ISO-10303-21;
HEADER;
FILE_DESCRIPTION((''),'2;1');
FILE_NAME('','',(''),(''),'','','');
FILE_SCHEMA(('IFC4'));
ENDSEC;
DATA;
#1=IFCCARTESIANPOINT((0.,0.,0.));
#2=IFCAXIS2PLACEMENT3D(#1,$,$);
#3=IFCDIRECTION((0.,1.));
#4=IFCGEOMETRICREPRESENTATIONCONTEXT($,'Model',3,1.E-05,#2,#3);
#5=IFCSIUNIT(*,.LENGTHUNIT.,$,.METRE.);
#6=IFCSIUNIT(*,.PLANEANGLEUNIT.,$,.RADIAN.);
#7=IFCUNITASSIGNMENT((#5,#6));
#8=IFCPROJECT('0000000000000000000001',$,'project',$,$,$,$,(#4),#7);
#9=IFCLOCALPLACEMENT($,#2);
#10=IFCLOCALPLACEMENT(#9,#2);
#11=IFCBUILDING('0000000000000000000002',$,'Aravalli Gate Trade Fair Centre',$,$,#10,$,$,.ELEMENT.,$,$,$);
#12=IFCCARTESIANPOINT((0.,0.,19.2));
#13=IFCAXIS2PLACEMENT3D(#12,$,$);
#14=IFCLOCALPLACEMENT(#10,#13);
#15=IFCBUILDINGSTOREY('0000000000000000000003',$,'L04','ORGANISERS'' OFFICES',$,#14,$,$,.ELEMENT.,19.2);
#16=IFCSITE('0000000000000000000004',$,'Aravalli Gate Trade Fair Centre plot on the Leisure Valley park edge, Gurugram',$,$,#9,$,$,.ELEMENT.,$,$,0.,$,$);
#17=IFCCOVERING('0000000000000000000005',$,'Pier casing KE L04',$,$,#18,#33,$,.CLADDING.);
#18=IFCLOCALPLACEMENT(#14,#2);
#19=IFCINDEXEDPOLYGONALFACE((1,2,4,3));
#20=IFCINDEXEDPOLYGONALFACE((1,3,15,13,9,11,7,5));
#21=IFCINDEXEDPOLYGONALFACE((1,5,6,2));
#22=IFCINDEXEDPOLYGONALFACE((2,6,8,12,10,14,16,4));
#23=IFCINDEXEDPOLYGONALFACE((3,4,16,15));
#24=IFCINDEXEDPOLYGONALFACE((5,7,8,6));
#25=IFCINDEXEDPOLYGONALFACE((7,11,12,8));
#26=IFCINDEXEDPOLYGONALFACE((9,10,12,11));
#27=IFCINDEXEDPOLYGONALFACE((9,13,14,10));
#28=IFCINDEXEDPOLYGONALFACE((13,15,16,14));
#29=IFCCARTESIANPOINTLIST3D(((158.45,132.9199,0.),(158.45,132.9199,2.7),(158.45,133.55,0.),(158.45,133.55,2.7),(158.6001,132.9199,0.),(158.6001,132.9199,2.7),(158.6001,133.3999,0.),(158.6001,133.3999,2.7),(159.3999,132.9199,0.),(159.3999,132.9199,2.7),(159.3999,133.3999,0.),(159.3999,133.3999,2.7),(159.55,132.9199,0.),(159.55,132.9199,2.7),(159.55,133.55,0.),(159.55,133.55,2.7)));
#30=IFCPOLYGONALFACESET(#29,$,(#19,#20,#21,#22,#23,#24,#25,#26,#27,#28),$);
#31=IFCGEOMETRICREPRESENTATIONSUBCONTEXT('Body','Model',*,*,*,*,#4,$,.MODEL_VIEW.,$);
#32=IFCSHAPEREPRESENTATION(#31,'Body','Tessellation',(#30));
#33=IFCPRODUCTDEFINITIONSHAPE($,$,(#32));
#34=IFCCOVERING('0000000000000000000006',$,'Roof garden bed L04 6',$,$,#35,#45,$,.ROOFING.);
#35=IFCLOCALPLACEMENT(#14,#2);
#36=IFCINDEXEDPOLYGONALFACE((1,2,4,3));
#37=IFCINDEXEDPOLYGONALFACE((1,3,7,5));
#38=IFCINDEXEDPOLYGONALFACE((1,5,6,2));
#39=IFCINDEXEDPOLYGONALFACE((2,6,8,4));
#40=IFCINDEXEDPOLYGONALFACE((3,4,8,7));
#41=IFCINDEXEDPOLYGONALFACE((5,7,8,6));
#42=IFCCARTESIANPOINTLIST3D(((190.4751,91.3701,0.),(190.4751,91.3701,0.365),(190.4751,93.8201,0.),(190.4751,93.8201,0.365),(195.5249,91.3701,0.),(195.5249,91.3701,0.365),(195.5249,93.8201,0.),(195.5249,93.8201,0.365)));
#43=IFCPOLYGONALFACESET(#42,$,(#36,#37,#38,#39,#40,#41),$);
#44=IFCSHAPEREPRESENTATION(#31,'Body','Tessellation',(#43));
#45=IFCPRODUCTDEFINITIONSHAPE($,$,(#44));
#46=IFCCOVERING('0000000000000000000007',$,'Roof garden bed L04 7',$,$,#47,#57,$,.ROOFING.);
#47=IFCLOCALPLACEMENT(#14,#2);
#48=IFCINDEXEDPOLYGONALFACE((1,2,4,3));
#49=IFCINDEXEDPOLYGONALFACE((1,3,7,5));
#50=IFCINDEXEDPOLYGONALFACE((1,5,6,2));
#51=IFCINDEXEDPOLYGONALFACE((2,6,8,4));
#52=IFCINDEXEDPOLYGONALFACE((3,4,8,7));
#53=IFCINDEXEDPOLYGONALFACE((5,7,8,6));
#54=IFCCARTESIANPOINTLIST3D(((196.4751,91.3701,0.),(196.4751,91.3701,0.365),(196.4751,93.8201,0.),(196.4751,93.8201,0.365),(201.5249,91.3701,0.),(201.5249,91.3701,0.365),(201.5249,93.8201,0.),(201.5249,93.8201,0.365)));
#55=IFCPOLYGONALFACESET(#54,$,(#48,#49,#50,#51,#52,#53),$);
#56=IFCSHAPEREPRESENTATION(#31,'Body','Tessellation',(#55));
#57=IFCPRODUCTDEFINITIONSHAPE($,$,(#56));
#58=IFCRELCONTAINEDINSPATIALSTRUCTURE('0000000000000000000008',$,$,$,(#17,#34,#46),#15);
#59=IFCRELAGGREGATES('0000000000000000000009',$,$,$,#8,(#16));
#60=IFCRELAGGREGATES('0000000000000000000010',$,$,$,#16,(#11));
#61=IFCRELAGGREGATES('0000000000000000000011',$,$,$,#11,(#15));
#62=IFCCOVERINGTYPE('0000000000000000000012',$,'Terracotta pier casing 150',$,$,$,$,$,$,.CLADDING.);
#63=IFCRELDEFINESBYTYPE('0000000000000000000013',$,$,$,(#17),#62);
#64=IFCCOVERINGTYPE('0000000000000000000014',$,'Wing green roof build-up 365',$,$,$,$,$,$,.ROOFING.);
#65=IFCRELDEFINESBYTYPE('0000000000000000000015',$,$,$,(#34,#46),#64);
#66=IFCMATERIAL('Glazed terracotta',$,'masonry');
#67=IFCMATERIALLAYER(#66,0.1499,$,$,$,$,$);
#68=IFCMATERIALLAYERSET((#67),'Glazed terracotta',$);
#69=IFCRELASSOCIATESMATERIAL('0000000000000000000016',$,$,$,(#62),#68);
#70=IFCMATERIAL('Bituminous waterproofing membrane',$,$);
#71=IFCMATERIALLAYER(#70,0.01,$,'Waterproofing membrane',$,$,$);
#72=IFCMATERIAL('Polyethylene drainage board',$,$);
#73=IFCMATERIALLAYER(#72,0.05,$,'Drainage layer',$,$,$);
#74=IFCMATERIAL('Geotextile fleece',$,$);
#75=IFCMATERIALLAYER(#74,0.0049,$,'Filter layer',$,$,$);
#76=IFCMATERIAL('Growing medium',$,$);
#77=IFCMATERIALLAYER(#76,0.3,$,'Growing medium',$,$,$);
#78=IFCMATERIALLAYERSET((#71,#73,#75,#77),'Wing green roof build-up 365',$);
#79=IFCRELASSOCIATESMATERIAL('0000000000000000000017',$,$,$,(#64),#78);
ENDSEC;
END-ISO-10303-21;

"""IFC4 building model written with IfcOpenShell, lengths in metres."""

from ifc_helpers import new_model, si_unit, direction, frame, origin, place, context, subcontext, project, spatial, polyline, outline, extrude, material, layer, layer_set, type_object, element, save


model = new_model("IFC4")

# Units and contexts
model_context = context("Model", 3, precision=1e-05, world=origin(), true_north=direction((0.0, 1.0)))
body_context = subcontext(model_context, "Body", "Model", "MODEL_VIEW")
ifc_project = project(units=[si_unit("LENGTHUNIT", "METRE"), si_unit("PLANEANGLEUNIT", "RADIAN")], contexts=[model_context])

# Site, building, storey
site_placement = place(None, origin())
site = spatial("IfcSite", under=ifc_project, at=site_placement, Name="Aravalli Gate Trade Fair Centre plot on the Leisure Valley park edge, Gurugram", CompositionType="ELEMENT", RefElevation=0.0)
building_placement = place(site_placement, origin())
building = spatial("IfcBuilding", under=site, at=building_placement, Name="Aravalli Gate Trade Fair Centre", CompositionType="ELEMENT")
storey_placement = place(building_placement, frame((0.0, 0.0, 19.2)))
storey = spatial("IfcBuildingStorey", under=building, at=storey_placement, Name="L04", Description="ORGANISERS' OFFICES", CompositionType="ELEMENT", Elevation=19.2)

# Coverings
ifc_material_1 = material(Name="Glazed terracotta", Category="masonry")
ifc_layer_1 = layer(ifc_material_1, 0.1499)
ifc_layer_set_1 = layer_set([ifc_layer_1], Name="Glazed terracotta")
covering_type_1 = type_object("IfcCoveringType", Name="Terracotta pier casing 150", PredefinedType="CLADDING", material=ifc_layer_set_1)
covering_1_placement = place(storey_placement, origin())
element("IfcCovering", 1, at=covering_1_placement, inside=storey, type_object=covering_type_1, Name="Pier casing KE L04", PredefinedType="CLADDING", context=body_context, shape_type="SweptSolid", body=[
    extrude(outline(polyline([(158.45, 132.9199), (158.6001, 132.9199), (158.6001, 133.3999), (159.3999, 133.3999), (159.3999, 132.9199), (159.55, 132.9199), (159.55, 133.55), (158.45, 133.55), (158.45, 132.9199)])), origin(), (0.0, 0.0, 1.0), 2.7),
])
ifc_material_2 = material(Name="Bituminous waterproofing membrane")
ifc_layer_2 = layer(ifc_material_2, 0.01, Name="Waterproofing membrane")
ifc_material_3 = material(Name="Polyethylene drainage board")
ifc_layer_3 = layer(ifc_material_3, 0.05, Name="Drainage layer")
ifc_material_4 = material(Name="Geotextile fleece")
ifc_layer_4 = layer(ifc_material_4, 0.0049, Name="Filter layer")
ifc_material_5 = material(Name="Growing medium")
ifc_layer_5 = layer(ifc_material_5, 0.3, Name="Growing medium")
ifc_layer_set_2 = layer_set([ifc_layer_2, ifc_layer_3, ifc_layer_4, ifc_layer_5], Name="Wing green roof build-up 365")
covering_type_2 = type_object("IfcCoveringType", Name="Wing green roof build-up 365", PredefinedType="ROOFING", material=ifc_layer_set_2)
covering_2_placement = place(storey_placement, origin())
element("IfcCovering", 2, at=covering_2_placement, inside=storey, type_object=covering_type_2, Name="Roof garden bed L04 6", PredefinedType="ROOFING", context=body_context, shape_type="SweptSolid", body=[
    extrude(outline(polyline([(190.4751, 91.3701), (195.5249, 91.3701), (195.5249, 93.8201), (190.4751, 93.8201), (190.4751, 91.3701)])), origin(), (0.0, 0.0, 1.0), 0.365),
])
covering_3_placement = place(storey_placement, origin())
element("IfcCovering", 3, at=covering_3_placement, inside=storey, type_object=covering_type_2, Name="Roof garden bed L04 7", PredefinedType="ROOFING", context=body_context, shape_type="SweptSolid", body=[
    extrude(outline(polyline([(196.4751, 91.3701), (201.5249, 91.3701), (201.5249, 93.8201), (196.4751, 93.8201), (196.4751, 91.3701)])), origin(), (0.0, 0.0, 1.0), 0.365),
])

save(model, "model.ifc")
